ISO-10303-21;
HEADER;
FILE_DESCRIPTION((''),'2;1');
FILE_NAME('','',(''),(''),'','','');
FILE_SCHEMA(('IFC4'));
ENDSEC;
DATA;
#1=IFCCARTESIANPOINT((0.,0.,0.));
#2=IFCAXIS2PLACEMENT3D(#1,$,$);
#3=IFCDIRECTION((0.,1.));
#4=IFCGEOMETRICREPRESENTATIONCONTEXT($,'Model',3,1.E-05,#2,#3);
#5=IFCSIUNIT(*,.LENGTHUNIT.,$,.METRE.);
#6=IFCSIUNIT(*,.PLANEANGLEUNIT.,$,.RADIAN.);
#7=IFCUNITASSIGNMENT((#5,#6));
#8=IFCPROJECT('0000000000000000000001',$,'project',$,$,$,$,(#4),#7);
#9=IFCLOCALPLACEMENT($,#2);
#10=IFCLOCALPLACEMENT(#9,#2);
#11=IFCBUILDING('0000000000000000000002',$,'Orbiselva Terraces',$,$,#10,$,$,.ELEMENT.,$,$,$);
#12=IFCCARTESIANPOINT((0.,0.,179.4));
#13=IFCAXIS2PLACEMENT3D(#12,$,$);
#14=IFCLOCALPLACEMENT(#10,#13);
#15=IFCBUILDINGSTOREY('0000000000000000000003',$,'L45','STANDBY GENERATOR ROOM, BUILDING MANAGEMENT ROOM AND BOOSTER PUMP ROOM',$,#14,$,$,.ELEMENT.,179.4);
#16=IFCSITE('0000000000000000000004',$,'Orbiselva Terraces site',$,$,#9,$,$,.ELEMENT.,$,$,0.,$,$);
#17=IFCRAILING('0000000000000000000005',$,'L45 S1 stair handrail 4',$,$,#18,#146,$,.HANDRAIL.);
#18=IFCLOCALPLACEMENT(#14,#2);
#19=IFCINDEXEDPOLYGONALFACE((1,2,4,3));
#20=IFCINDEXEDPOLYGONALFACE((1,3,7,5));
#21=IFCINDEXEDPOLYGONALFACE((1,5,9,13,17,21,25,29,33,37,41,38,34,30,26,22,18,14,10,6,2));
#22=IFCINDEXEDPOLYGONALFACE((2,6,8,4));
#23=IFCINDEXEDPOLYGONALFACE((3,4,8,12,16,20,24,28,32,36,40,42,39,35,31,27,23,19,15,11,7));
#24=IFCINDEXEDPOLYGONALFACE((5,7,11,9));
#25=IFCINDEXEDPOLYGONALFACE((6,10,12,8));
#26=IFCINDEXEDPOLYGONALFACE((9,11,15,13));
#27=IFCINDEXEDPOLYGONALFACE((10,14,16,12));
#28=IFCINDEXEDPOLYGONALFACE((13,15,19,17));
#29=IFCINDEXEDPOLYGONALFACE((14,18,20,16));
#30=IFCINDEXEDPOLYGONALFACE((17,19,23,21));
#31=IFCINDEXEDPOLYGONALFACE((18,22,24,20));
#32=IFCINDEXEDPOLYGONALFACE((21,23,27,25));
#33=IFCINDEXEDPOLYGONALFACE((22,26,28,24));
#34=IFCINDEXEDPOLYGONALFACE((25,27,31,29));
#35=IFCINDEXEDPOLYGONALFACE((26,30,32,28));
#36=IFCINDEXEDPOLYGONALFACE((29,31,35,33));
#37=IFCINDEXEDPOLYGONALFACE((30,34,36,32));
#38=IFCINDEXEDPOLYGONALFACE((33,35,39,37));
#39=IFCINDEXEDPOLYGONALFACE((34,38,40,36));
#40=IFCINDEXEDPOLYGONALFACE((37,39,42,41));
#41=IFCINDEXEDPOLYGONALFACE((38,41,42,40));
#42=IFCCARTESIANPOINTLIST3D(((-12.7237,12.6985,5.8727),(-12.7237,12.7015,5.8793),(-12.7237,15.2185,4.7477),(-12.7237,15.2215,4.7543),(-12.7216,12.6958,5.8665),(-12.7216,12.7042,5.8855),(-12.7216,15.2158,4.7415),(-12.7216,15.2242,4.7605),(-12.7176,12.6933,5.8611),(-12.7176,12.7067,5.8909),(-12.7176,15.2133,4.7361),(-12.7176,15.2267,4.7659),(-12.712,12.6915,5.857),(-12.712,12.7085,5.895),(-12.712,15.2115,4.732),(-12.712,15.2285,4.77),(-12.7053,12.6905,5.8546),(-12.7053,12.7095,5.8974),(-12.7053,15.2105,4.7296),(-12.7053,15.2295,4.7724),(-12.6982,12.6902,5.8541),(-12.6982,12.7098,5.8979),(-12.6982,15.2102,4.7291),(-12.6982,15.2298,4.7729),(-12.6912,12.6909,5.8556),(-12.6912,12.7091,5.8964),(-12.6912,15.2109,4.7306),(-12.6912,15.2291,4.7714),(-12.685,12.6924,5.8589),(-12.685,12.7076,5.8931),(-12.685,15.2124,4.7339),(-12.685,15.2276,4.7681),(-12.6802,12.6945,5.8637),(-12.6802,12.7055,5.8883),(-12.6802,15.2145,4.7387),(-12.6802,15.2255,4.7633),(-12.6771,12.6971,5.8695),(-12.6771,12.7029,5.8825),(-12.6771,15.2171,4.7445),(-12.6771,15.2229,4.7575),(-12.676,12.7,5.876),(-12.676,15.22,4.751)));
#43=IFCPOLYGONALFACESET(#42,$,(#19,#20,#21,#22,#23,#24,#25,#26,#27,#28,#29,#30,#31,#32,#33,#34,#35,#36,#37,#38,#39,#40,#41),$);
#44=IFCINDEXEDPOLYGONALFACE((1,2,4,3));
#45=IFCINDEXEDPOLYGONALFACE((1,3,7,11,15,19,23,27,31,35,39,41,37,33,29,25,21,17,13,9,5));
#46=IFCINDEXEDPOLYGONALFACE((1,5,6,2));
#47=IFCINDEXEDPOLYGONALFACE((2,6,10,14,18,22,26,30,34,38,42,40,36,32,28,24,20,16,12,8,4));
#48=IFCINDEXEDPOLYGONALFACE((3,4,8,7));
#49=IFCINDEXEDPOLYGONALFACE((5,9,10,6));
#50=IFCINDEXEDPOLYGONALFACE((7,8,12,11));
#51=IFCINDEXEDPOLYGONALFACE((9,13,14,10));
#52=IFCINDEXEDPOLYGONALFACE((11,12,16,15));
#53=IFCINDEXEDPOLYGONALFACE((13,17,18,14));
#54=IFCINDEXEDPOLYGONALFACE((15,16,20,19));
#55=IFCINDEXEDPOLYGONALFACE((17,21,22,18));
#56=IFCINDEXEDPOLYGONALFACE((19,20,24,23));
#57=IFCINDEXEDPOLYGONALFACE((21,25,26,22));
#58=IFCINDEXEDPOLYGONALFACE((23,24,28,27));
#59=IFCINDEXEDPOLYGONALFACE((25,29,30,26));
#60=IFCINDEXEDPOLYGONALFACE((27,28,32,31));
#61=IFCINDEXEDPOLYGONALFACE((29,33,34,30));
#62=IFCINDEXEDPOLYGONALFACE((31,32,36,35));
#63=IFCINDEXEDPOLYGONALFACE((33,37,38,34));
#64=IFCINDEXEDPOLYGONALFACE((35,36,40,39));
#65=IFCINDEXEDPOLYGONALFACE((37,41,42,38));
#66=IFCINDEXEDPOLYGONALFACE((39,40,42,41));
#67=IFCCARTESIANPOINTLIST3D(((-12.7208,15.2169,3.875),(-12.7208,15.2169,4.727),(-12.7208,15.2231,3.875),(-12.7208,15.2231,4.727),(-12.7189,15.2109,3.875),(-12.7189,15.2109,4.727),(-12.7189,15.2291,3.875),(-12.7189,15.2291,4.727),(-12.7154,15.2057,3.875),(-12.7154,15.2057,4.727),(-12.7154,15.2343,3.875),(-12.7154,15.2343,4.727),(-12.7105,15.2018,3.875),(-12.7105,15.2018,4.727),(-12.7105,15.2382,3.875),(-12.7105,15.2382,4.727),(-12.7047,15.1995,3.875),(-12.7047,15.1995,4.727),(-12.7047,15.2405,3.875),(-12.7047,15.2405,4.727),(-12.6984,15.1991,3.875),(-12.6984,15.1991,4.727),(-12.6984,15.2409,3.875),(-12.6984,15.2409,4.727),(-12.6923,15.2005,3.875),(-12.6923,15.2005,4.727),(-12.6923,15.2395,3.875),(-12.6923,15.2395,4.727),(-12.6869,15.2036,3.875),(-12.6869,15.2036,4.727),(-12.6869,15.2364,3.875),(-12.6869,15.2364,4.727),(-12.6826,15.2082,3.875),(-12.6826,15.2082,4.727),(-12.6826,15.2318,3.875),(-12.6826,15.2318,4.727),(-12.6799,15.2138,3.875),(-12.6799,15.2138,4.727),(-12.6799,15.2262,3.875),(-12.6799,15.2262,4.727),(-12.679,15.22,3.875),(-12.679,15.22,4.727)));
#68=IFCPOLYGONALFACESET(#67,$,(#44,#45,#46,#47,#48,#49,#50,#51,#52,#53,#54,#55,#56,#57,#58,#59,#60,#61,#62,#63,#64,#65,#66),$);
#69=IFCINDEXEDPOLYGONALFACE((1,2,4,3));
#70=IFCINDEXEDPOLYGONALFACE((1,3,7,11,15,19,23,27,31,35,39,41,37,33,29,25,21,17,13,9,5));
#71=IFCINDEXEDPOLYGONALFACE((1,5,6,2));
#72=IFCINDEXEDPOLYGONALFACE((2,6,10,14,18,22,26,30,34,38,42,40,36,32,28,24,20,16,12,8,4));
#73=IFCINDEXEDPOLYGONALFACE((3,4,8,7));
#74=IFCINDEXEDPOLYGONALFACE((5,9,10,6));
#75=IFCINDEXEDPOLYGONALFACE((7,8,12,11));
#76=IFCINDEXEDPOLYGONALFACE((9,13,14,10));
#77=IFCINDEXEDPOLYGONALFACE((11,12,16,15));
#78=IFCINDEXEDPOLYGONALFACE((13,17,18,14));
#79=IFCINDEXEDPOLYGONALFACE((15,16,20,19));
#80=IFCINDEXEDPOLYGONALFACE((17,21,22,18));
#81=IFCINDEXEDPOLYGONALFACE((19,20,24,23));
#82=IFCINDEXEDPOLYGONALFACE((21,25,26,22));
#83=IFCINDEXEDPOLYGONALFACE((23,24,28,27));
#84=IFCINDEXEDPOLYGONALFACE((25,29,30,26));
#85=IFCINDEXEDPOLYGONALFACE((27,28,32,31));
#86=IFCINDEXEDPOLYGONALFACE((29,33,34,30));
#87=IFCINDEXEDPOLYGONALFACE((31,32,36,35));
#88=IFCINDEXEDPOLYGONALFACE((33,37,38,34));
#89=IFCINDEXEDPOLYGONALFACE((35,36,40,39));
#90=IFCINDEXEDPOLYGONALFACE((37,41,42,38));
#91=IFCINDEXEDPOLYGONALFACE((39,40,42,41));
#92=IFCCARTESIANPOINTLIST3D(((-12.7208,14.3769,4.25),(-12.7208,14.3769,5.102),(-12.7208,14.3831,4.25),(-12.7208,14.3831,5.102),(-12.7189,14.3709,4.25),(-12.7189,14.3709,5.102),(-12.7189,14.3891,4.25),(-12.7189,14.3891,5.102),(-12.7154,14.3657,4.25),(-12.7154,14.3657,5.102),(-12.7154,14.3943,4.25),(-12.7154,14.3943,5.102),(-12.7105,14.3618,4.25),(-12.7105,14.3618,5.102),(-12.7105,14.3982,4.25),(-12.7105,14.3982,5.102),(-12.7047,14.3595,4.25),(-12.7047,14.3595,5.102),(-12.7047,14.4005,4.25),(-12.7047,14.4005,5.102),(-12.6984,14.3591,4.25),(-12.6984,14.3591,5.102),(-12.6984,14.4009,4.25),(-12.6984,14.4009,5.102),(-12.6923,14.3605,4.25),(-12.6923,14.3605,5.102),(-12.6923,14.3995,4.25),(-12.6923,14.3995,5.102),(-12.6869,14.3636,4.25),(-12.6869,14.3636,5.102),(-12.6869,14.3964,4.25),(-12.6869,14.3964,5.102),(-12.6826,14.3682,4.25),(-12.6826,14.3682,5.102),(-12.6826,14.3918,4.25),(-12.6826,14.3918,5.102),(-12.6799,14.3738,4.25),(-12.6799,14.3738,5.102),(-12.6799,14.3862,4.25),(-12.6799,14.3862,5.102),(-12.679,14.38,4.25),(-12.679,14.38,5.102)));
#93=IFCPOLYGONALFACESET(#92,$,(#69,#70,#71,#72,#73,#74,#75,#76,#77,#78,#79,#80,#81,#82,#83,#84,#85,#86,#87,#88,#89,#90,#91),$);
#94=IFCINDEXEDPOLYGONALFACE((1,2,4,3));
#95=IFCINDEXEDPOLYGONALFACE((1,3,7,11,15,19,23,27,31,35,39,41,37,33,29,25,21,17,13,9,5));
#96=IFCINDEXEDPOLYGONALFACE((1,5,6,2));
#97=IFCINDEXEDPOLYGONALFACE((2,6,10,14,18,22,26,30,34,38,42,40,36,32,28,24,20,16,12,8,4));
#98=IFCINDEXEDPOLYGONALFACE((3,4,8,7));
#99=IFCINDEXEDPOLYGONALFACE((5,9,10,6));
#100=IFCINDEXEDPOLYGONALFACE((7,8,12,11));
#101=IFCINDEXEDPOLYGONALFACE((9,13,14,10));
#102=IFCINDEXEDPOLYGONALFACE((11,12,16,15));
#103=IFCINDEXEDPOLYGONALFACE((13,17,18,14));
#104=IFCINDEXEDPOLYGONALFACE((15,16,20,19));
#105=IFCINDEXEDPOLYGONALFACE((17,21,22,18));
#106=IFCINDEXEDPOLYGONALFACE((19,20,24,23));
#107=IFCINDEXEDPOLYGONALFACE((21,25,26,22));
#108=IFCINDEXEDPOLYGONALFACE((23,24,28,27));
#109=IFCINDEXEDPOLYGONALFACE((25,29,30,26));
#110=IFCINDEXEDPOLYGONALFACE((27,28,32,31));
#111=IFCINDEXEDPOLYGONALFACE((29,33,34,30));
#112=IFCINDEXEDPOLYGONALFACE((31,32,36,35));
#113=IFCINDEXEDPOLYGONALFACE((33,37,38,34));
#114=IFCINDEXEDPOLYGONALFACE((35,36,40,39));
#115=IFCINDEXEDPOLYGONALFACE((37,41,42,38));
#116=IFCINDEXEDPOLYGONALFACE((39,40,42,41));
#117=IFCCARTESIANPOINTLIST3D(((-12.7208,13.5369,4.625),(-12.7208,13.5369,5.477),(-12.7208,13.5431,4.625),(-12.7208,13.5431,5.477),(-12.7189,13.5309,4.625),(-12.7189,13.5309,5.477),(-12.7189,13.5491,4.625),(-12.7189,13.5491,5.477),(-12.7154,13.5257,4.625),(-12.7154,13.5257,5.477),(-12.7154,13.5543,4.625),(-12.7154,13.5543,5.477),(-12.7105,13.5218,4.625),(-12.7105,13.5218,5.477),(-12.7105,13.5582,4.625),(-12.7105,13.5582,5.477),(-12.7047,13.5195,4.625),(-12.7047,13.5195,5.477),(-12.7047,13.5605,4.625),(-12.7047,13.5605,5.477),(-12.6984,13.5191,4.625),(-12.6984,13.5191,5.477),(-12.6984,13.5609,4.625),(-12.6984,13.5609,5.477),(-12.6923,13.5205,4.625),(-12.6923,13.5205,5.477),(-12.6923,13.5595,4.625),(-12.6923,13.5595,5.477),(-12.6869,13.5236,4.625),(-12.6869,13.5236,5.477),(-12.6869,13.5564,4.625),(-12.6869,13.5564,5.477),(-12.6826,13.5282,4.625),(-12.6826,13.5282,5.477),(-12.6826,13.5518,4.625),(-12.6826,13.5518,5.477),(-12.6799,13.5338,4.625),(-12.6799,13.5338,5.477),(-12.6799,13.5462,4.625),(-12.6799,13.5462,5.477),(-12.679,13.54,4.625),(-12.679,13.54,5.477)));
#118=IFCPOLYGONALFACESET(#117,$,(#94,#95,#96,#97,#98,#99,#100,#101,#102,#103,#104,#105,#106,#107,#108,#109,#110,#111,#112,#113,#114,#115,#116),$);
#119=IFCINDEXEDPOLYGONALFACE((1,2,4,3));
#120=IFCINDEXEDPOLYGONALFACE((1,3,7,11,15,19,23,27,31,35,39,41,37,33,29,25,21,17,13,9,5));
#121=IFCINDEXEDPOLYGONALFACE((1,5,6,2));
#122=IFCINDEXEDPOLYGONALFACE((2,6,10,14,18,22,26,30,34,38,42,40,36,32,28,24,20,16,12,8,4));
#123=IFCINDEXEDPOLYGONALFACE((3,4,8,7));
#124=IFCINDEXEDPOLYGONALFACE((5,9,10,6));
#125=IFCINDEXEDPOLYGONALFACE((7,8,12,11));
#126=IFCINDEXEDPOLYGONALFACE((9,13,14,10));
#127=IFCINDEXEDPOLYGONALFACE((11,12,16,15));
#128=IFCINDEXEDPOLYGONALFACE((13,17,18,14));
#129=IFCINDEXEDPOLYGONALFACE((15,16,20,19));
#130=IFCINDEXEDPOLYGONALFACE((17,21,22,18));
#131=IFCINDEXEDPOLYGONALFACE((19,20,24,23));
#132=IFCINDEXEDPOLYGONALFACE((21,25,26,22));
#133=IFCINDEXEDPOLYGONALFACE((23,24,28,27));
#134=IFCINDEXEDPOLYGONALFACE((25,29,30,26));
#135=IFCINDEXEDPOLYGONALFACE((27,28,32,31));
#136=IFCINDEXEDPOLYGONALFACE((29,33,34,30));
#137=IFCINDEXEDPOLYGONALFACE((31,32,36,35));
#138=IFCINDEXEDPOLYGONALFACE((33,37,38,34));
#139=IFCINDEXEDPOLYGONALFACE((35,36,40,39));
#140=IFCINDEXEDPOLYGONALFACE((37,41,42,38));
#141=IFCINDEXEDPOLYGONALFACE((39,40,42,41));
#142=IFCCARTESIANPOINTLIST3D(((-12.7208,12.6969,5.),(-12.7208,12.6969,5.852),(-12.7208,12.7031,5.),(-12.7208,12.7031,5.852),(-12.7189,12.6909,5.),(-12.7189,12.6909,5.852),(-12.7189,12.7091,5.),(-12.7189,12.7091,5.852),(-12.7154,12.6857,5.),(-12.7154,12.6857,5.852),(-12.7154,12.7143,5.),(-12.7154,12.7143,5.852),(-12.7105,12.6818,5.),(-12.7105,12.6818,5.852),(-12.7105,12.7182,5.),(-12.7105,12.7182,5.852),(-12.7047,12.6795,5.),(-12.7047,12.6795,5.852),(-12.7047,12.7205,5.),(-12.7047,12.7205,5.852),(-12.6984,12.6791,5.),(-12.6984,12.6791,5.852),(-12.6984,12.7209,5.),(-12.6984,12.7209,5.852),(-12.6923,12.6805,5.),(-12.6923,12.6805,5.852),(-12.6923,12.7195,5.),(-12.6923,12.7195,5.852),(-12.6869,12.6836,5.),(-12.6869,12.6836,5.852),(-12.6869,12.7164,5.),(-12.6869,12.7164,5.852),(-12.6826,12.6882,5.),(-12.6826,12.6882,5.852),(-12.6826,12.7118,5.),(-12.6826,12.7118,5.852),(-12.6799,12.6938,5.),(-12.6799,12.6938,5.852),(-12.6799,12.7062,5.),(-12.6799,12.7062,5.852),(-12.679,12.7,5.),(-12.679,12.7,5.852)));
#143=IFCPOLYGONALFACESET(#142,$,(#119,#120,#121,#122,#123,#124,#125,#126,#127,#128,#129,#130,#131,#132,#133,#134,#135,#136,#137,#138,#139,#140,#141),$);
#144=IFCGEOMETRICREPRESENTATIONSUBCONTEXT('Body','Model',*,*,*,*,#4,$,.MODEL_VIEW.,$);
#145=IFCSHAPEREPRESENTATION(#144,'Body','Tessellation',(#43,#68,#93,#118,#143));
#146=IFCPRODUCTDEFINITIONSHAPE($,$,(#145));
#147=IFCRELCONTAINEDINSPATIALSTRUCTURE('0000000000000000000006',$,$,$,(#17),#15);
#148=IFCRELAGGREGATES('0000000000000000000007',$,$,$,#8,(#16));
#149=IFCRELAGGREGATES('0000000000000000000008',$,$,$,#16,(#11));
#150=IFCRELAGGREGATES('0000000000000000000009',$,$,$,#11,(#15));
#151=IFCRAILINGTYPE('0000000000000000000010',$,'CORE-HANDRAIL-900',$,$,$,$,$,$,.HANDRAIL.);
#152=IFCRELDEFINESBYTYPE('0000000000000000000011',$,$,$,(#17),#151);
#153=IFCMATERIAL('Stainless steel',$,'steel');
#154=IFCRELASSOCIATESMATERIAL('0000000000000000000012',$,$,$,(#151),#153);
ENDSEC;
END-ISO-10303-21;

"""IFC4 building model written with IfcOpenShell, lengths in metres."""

from ifc_helpers import new_model, si_unit, direction, frame, origin, origin_2d, place, context, subcontext, project, spatial, circle, extrude, material, type_object, element, save


model = new_model("IFC4")

# Units and contexts
model_context = context("Model", 3, precision=1e-05, world=origin(), true_north=direction((0.0, 1.0)))
body_context = subcontext(model_context, "Body", "Model", "MODEL_VIEW")
ifc_project = project(units=[si_unit("LENGTHUNIT", "METRE"), si_unit("PLANEANGLEUNIT", "RADIAN")], contexts=[model_context])

# Site, building, storey
site_placement = place(None, origin())
site = spatial("IfcSite", under=ifc_project, at=site_placement, Name="Orbiselva Terraces site", CompositionType="ELEMENT", RefElevation=0.0)
building_placement = place(site_placement, origin())
building = spatial("IfcBuilding", under=site, at=building_placement, Name="Orbiselva Terraces", CompositionType="ELEMENT")
storey_placement = place(building_placement, frame((0.0, 0.0, 179.4)))
storey = spatial("IfcBuildingStorey", under=building, at=storey_placement, Name="L45", Description="STANDBY GENERATOR ROOM, BUILDING MANAGEMENT ROOM AND BOOSTER PUMP ROOM", CompositionType="ELEMENT", Elevation=179.4)

# Railing
ifc_material_1 = material(Name="Stainless steel", Category="steel")
railing_type = type_object("IfcRailingType", Name="CORE-HANDRAIL-900", PredefinedType="HANDRAIL", material=ifc_material_1)
railing_1_placement = place(storey_placement, frame((-12.7, 15.22, 3.875)))
element("IfcRailing", 1, at=railing_1_placement, inside=storey, type_object=railing_type, Name="L45 S1 stair handrail 4", PredefinedType="HANDRAIL", context=body_context, shape_type="SweptSolid", body=[
    extrude(circle(Radius=0.024, at=origin_2d()), frame((0.0, 0.0, 0.876), z_axis=(0.0, -0.913138, 0.407651), x_axis=(1.0, 0.0, 0.0)), (0.0, 0.0, 1.0), 2.7597),
    extrude(circle(Radius=0.021, at=origin_2d()), origin(), (0.0, 0.0, 1.0), 0.852),
    extrude(circle(Radius=0.021, at=origin_2d()), frame((0.0, -0.84, 0.375)), (0.0, 0.0, 1.0), 0.852),
    extrude(circle(Radius=0.021, at=origin_2d()), frame((0.0, -1.68, 0.75)), (0.0, 0.0, 1.0), 0.852),
    extrude(circle(Radius=0.021, at=origin_2d()), frame((0.0, -2.52, 1.125)), (0.0, 0.0, 1.0), 0.852),
])

save(model, "model.ifc")
